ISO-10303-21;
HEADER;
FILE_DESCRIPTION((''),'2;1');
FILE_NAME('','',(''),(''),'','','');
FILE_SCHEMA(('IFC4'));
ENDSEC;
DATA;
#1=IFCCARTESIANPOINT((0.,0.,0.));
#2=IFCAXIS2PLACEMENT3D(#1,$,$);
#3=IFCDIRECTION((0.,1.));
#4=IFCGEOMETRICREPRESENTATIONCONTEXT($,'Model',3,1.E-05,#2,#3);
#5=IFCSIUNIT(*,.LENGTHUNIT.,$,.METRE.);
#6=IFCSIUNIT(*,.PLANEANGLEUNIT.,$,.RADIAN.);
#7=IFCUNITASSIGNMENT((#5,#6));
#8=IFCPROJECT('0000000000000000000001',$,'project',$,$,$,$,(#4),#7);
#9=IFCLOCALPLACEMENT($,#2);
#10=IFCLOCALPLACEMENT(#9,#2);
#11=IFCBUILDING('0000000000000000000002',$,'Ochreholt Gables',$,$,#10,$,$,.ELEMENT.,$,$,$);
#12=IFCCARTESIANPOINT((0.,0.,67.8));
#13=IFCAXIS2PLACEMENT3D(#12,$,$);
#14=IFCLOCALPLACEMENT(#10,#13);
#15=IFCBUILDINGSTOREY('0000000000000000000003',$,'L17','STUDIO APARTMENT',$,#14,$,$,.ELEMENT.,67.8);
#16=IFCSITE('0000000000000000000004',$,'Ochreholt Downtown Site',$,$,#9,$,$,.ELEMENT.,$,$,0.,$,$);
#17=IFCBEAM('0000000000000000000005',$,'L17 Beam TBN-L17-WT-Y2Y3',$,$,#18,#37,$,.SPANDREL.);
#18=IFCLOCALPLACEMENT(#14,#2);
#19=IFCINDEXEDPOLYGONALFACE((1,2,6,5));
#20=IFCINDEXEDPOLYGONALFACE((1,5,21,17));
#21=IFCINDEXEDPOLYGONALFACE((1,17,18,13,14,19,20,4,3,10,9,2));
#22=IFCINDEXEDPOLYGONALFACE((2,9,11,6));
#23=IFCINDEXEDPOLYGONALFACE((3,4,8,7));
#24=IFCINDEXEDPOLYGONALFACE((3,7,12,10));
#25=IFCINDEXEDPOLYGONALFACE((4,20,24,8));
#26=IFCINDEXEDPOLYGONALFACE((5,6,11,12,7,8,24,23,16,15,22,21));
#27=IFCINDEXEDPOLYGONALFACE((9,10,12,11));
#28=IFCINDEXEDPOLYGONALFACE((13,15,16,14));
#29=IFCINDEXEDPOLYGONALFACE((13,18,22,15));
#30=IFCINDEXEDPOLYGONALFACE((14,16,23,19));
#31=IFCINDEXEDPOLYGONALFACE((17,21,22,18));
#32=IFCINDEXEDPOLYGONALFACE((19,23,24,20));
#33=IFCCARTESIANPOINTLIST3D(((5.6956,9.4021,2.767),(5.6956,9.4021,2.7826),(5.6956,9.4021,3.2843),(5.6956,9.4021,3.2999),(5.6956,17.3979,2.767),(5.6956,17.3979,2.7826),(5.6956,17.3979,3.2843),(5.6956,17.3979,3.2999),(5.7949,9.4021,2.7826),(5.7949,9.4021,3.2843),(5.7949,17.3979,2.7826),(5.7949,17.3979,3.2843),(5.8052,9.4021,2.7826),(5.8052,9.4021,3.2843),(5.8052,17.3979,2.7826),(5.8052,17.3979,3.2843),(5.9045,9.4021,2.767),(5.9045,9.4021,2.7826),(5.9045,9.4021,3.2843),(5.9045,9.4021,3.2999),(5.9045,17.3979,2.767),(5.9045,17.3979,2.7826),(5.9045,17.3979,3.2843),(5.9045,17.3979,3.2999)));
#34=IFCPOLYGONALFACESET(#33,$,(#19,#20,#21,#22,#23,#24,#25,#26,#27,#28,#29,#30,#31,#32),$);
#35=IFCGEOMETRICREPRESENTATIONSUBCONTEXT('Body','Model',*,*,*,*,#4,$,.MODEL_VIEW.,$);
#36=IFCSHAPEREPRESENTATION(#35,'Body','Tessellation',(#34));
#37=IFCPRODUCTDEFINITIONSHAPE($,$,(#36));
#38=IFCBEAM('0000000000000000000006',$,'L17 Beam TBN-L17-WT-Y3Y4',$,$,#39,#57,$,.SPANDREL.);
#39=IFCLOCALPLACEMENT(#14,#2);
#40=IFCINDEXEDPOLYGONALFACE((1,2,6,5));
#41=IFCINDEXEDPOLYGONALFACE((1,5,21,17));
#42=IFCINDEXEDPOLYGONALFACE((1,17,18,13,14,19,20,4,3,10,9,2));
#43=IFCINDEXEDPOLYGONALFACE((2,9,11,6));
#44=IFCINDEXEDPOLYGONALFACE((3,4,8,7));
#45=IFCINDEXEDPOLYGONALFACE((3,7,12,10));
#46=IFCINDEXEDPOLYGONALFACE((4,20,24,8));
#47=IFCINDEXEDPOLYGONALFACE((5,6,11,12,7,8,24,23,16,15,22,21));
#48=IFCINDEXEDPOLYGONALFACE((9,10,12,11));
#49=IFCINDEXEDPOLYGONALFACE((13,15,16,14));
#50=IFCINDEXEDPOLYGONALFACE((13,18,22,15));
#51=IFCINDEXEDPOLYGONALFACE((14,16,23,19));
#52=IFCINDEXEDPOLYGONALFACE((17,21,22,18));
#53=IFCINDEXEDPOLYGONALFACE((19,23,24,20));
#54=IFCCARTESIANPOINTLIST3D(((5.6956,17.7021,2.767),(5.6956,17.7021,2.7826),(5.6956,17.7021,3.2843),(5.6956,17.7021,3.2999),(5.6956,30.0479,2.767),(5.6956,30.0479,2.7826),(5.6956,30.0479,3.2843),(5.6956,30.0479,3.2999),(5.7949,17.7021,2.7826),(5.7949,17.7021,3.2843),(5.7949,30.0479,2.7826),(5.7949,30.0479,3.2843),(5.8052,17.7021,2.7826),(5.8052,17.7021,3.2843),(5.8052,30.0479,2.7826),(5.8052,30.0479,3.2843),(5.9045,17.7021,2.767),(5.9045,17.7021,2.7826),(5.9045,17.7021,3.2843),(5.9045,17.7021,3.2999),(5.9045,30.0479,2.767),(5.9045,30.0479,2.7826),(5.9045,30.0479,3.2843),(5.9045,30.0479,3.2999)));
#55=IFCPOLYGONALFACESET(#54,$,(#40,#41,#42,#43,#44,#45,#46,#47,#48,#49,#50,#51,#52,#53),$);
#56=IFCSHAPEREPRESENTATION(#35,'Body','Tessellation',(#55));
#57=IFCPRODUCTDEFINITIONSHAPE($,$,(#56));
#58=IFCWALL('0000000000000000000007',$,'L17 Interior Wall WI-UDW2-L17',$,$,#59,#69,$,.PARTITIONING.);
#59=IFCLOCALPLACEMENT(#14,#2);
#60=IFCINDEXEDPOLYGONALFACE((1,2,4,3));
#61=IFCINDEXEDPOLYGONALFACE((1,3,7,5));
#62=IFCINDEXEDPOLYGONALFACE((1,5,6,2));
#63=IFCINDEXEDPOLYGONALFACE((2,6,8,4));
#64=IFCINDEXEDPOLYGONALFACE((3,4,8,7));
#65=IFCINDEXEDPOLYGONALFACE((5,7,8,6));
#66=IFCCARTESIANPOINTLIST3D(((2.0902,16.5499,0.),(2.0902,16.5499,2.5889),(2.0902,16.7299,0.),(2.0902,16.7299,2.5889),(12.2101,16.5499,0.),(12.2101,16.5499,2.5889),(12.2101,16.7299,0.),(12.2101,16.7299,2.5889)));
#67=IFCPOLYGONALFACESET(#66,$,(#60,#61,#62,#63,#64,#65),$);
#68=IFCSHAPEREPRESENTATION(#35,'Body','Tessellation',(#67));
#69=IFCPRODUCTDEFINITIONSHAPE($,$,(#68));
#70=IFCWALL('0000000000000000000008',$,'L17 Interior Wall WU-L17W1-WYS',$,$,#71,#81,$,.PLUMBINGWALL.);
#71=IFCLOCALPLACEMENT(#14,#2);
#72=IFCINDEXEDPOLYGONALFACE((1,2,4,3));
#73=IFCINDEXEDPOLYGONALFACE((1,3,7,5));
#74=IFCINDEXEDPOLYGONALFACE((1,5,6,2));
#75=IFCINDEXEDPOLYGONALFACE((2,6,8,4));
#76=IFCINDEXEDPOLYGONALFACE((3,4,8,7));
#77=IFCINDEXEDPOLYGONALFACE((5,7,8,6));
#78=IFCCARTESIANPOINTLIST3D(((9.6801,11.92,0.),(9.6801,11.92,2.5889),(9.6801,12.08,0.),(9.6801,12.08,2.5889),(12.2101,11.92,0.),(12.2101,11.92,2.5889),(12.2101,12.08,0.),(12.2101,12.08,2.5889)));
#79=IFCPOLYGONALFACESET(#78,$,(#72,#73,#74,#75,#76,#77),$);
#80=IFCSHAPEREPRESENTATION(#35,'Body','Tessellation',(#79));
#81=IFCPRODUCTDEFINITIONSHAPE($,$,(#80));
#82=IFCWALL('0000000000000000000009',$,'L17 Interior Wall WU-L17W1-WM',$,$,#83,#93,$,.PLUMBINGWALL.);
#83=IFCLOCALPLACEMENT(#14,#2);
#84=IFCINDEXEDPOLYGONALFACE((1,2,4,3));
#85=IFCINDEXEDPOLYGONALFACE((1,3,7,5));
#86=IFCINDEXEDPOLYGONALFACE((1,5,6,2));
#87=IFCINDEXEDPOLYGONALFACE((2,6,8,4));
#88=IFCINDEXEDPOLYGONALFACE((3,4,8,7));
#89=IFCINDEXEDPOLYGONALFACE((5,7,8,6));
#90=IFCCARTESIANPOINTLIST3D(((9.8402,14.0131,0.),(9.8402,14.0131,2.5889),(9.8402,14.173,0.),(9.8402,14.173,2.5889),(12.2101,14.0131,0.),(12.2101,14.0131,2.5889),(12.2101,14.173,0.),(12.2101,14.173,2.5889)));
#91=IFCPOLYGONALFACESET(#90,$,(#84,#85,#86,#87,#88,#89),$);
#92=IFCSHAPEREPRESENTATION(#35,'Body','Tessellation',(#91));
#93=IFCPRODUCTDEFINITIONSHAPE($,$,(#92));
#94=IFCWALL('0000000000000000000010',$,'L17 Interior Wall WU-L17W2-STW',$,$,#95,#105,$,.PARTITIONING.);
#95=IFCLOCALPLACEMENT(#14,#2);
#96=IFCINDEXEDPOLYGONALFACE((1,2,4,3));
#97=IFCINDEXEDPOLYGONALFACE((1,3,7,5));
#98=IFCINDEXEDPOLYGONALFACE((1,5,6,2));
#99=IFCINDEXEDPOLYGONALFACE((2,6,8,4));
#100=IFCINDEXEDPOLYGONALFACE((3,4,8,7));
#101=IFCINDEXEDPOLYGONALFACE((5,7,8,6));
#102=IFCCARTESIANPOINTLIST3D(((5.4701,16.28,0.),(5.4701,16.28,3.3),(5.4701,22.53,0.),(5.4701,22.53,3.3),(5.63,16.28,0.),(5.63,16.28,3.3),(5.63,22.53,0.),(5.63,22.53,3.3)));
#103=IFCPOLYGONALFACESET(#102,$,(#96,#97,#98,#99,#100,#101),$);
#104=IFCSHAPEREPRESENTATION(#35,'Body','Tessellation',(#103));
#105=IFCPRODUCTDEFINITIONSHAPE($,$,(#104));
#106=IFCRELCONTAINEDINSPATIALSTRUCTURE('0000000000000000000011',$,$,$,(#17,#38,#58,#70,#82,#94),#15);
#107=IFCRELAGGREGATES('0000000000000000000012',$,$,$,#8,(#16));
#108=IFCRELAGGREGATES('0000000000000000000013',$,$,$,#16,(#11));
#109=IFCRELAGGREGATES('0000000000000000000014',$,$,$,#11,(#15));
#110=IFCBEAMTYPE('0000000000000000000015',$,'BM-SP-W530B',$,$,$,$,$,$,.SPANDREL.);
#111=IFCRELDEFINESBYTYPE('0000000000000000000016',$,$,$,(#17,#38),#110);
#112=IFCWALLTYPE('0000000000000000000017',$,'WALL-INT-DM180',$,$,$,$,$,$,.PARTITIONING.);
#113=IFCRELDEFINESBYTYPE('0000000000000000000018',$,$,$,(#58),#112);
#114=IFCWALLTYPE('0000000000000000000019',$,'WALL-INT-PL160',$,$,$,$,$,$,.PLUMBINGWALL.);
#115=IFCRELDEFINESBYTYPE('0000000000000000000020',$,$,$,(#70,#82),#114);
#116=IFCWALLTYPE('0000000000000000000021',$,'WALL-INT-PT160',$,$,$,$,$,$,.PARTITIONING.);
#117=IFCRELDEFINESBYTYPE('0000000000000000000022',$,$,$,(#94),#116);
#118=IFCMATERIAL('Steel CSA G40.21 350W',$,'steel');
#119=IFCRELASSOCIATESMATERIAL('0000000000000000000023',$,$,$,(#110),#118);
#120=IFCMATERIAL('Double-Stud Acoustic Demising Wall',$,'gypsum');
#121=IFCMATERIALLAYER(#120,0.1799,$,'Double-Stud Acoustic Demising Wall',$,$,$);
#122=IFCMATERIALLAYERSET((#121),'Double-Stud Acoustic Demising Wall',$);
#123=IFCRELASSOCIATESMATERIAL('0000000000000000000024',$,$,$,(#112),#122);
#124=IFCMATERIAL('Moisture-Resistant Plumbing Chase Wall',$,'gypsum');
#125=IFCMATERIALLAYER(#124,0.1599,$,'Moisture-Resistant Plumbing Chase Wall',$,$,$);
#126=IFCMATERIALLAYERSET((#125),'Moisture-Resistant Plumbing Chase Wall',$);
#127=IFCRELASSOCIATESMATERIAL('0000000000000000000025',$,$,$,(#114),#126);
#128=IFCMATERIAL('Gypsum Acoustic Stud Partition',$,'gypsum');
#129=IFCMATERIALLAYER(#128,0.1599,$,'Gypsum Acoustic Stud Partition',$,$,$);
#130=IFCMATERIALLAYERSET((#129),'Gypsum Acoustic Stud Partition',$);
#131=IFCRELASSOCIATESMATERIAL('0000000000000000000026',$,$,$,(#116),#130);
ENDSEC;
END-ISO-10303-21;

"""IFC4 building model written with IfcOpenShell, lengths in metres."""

from ifc_helpers import new_model, si_unit, direction, frame, frame_2d, origin, origin_2d, place, context, subcontext, project, spatial, rectangle, i_section, extrude, material, layer, layer_set, material_profile, profile_set, type_object, element, save


model = new_model("IFC4")

# Units and contexts
model_context = context("Model", 3, precision=1e-05, world=origin(), true_north=direction((0.0, 1.0)))
body_context = subcontext(model_context, "Body", "Model", "MODEL_VIEW")
ifc_project = project(units=[si_unit("LENGTHUNIT", "METRE"), si_unit("PLANEANGLEUNIT", "RADIAN")], contexts=[model_context])

# Site, building, storey
site_placement = place(None, origin())
site = spatial("IfcSite", under=ifc_project, at=site_placement, Name="Ochreholt Downtown Site", CompositionType="ELEMENT", RefElevation=0.0)
building_placement = place(site_placement, origin())
building = spatial("IfcBuilding", under=site, at=building_placement, Name="Ochreholt Gables", CompositionType="ELEMENT")
storey_placement = place(building_placement, frame((0.0, 0.0, 67.8)))
storey = spatial("IfcBuildingStorey", under=building, at=storey_placement, Name="L17", Description="STUDIO APARTMENT", CompositionType="ELEMENT", Elevation=67.8)

# Shared definitions
ifc_material_1 = material(Name="Steel CSA G40.21 350W", Category="steel")

# Beams
ifc_material_profile_1 = material_profile(ifc_material_1, i_section(OverallWidth=0.209, OverallDepth=0.533, WebThickness=0.0103, FlangeThickness=0.0156, at=origin_2d()), Name="W530X92")
ifc_profile_set_1 = profile_set([ifc_material_profile_1], Name="Steel CSA G40.21 350W")
beam_type_1 = type_object("IfcBeamType", Name="BM-SP-W530B", PredefinedType="SPANDREL", material=ifc_profile_set_1)
beam_1_placement = place(storey_placement, frame((5.8, 9.4021, 3.0334), z_axis=(0.0, 1.0, 0.0), x_axis=(-1.0, 0.0, 0.0)))
element("IfcBeam", 1, at=beam_1_placement, inside=storey, type_object=beam_type_1, Name="L17 Beam TBN-L17-WT-Y2Y3", PredefinedType="SPANDREL", context=body_context, shape_type="SweptSolid", body=[
    extrude(i_section(OverallWidth=0.209, OverallDepth=0.533, WebThickness=0.0103, FlangeThickness=0.0156, at=origin_2d()), origin(), (0.0, 0.0, 1.0), 7.9958),
])
beam_2_placement = place(storey_placement, frame((5.8, 17.7021, 3.0334), z_axis=(0.0, 1.0, 0.0), x_axis=(-1.0, 0.0, 0.0)))
element("IfcBeam", 2, at=beam_2_placement, inside=storey, type_object=beam_type_1, Name="L17 Beam TBN-L17-WT-Y3Y4", PredefinedType="SPANDREL", context=body_context, shape_type="SweptSolid", body=[
    extrude(i_section(OverallWidth=0.209, OverallDepth=0.533, WebThickness=0.0103, FlangeThickness=0.0156, at=origin_2d()), origin(), (0.0, 0.0, 1.0), 12.3457),
])

# Walls
ifc_material_2 = material(Name="Double-Stud Acoustic Demising Wall", Category="gypsum")
ifc_layer_1 = layer(ifc_material_2, 0.1799, Name="Double-Stud Acoustic Demising Wall")
ifc_layer_set_1 = layer_set([ifc_layer_1], Name="Double-Stud Acoustic Demising Wall")
wall_type_1 = type_object("IfcWallType", Name="WALL-INT-DM180", PredefinedType="PARTITIONING", material=ifc_layer_set_1)
wall_1_placement = place(storey_placement, frame((2.0901, 16.6399, 0.0), z_axis=(0.0, 0.0, 1.0), x_axis=(1.0, 0.0, 0.0)))
element("IfcWall", 3, at=wall_1_placement, inside=storey, type_object=wall_type_1, Name="L17 Interior Wall WI-UDW2-L17", PredefinedType="PARTITIONING", context=body_context, shape_type="SweptSolid", body=[
    extrude(rectangle(XDim=10.1199, YDim=0.1799, at=frame_2d((5.0601, 0.0))), origin(), (0.0, 0.0, 1.0), 2.5889),
])
ifc_material_3 = material(Name="Moisture-Resistant Plumbing Chase Wall", Category="gypsum")
ifc_layer_2 = layer(ifc_material_3, 0.1599, Name="Moisture-Resistant Plumbing Chase Wall")
ifc_layer_set_2 = layer_set([ifc_layer_2], Name="Moisture-Resistant Plumbing Chase Wall")
wall_type_2 = type_object("IfcWallType", Name="WALL-INT-PL160", PredefinedType="PLUMBINGWALL", material=ifc_layer_set_2)
wall_2_placement = place(storey_placement, frame((9.6799, 12.0, 0.0), z_axis=(0.0, 0.0, 1.0), x_axis=(1.0, 0.0, 0.0)))
element("IfcWall", 4, at=wall_2_placement, inside=storey, type_object=wall_type_2, Name="L17 Interior Wall WU-L17W1-WYS", PredefinedType="PLUMBINGWALL", context=body_context, shape_type="SweptSolid", body=[
    extrude(rectangle(XDim=2.53, YDim=0.1599, at=frame_2d((1.2651, 0.0))), origin(), (0.0, 0.0, 1.0), 2.5889),
])

# Wall
wall_3_placement = place(storey_placement, frame((9.8401, 14.093, 0.0), z_axis=(0.0, 0.0, 1.0), x_axis=(1.0, 0.0, 0.0)))
element("IfcWall", 5, at=wall_3_placement, inside=storey, type_object=wall_type_2, Name="L17 Interior Wall WU-L17W1-WM", PredefinedType="PLUMBINGWALL", context=body_context, shape_type="SweptSolid", body=[
    extrude(rectangle(XDim=2.3699, YDim=0.1599, at=frame_2d((1.1851, 0.0))), origin(), (0.0, 0.0, 1.0), 2.5889),
])

# Wall
ifc_material_4 = material(Name="Gypsum Acoustic Stud Partition", Category="gypsum")
ifc_layer_3 = layer(ifc_material_4, 0.1599, Name="Gypsum Acoustic Stud Partition")
ifc_layer_set_3 = layer_set([ifc_layer_3], Name="Gypsum Acoustic Stud Partition")
wall_type_3 = type_object("IfcWallType", Name="WALL-INT-PT160", PredefinedType="PARTITIONING", material=ifc_layer_set_3)
wall_4_placement = place(storey_placement, frame((5.55, 16.28, 0.0), z_axis=(0.0, 0.0, 1.0), x_axis=(0.0, 1.0, 0.0)))
element("IfcWall", 6, at=wall_4_placement, inside=storey, type_object=wall_type_3, Name="L17 Interior Wall WU-L17W2-STW", PredefinedType="PARTITIONING", context=body_context, shape_type="SweptSolid", body=[
    extrude(rectangle(XDim=6.25, YDim=0.1599, at=frame_2d((3.125, 0.0))), origin(), (0.0, 0.0, 1.0), 3.3),
])

save(model, "model.ifc")
